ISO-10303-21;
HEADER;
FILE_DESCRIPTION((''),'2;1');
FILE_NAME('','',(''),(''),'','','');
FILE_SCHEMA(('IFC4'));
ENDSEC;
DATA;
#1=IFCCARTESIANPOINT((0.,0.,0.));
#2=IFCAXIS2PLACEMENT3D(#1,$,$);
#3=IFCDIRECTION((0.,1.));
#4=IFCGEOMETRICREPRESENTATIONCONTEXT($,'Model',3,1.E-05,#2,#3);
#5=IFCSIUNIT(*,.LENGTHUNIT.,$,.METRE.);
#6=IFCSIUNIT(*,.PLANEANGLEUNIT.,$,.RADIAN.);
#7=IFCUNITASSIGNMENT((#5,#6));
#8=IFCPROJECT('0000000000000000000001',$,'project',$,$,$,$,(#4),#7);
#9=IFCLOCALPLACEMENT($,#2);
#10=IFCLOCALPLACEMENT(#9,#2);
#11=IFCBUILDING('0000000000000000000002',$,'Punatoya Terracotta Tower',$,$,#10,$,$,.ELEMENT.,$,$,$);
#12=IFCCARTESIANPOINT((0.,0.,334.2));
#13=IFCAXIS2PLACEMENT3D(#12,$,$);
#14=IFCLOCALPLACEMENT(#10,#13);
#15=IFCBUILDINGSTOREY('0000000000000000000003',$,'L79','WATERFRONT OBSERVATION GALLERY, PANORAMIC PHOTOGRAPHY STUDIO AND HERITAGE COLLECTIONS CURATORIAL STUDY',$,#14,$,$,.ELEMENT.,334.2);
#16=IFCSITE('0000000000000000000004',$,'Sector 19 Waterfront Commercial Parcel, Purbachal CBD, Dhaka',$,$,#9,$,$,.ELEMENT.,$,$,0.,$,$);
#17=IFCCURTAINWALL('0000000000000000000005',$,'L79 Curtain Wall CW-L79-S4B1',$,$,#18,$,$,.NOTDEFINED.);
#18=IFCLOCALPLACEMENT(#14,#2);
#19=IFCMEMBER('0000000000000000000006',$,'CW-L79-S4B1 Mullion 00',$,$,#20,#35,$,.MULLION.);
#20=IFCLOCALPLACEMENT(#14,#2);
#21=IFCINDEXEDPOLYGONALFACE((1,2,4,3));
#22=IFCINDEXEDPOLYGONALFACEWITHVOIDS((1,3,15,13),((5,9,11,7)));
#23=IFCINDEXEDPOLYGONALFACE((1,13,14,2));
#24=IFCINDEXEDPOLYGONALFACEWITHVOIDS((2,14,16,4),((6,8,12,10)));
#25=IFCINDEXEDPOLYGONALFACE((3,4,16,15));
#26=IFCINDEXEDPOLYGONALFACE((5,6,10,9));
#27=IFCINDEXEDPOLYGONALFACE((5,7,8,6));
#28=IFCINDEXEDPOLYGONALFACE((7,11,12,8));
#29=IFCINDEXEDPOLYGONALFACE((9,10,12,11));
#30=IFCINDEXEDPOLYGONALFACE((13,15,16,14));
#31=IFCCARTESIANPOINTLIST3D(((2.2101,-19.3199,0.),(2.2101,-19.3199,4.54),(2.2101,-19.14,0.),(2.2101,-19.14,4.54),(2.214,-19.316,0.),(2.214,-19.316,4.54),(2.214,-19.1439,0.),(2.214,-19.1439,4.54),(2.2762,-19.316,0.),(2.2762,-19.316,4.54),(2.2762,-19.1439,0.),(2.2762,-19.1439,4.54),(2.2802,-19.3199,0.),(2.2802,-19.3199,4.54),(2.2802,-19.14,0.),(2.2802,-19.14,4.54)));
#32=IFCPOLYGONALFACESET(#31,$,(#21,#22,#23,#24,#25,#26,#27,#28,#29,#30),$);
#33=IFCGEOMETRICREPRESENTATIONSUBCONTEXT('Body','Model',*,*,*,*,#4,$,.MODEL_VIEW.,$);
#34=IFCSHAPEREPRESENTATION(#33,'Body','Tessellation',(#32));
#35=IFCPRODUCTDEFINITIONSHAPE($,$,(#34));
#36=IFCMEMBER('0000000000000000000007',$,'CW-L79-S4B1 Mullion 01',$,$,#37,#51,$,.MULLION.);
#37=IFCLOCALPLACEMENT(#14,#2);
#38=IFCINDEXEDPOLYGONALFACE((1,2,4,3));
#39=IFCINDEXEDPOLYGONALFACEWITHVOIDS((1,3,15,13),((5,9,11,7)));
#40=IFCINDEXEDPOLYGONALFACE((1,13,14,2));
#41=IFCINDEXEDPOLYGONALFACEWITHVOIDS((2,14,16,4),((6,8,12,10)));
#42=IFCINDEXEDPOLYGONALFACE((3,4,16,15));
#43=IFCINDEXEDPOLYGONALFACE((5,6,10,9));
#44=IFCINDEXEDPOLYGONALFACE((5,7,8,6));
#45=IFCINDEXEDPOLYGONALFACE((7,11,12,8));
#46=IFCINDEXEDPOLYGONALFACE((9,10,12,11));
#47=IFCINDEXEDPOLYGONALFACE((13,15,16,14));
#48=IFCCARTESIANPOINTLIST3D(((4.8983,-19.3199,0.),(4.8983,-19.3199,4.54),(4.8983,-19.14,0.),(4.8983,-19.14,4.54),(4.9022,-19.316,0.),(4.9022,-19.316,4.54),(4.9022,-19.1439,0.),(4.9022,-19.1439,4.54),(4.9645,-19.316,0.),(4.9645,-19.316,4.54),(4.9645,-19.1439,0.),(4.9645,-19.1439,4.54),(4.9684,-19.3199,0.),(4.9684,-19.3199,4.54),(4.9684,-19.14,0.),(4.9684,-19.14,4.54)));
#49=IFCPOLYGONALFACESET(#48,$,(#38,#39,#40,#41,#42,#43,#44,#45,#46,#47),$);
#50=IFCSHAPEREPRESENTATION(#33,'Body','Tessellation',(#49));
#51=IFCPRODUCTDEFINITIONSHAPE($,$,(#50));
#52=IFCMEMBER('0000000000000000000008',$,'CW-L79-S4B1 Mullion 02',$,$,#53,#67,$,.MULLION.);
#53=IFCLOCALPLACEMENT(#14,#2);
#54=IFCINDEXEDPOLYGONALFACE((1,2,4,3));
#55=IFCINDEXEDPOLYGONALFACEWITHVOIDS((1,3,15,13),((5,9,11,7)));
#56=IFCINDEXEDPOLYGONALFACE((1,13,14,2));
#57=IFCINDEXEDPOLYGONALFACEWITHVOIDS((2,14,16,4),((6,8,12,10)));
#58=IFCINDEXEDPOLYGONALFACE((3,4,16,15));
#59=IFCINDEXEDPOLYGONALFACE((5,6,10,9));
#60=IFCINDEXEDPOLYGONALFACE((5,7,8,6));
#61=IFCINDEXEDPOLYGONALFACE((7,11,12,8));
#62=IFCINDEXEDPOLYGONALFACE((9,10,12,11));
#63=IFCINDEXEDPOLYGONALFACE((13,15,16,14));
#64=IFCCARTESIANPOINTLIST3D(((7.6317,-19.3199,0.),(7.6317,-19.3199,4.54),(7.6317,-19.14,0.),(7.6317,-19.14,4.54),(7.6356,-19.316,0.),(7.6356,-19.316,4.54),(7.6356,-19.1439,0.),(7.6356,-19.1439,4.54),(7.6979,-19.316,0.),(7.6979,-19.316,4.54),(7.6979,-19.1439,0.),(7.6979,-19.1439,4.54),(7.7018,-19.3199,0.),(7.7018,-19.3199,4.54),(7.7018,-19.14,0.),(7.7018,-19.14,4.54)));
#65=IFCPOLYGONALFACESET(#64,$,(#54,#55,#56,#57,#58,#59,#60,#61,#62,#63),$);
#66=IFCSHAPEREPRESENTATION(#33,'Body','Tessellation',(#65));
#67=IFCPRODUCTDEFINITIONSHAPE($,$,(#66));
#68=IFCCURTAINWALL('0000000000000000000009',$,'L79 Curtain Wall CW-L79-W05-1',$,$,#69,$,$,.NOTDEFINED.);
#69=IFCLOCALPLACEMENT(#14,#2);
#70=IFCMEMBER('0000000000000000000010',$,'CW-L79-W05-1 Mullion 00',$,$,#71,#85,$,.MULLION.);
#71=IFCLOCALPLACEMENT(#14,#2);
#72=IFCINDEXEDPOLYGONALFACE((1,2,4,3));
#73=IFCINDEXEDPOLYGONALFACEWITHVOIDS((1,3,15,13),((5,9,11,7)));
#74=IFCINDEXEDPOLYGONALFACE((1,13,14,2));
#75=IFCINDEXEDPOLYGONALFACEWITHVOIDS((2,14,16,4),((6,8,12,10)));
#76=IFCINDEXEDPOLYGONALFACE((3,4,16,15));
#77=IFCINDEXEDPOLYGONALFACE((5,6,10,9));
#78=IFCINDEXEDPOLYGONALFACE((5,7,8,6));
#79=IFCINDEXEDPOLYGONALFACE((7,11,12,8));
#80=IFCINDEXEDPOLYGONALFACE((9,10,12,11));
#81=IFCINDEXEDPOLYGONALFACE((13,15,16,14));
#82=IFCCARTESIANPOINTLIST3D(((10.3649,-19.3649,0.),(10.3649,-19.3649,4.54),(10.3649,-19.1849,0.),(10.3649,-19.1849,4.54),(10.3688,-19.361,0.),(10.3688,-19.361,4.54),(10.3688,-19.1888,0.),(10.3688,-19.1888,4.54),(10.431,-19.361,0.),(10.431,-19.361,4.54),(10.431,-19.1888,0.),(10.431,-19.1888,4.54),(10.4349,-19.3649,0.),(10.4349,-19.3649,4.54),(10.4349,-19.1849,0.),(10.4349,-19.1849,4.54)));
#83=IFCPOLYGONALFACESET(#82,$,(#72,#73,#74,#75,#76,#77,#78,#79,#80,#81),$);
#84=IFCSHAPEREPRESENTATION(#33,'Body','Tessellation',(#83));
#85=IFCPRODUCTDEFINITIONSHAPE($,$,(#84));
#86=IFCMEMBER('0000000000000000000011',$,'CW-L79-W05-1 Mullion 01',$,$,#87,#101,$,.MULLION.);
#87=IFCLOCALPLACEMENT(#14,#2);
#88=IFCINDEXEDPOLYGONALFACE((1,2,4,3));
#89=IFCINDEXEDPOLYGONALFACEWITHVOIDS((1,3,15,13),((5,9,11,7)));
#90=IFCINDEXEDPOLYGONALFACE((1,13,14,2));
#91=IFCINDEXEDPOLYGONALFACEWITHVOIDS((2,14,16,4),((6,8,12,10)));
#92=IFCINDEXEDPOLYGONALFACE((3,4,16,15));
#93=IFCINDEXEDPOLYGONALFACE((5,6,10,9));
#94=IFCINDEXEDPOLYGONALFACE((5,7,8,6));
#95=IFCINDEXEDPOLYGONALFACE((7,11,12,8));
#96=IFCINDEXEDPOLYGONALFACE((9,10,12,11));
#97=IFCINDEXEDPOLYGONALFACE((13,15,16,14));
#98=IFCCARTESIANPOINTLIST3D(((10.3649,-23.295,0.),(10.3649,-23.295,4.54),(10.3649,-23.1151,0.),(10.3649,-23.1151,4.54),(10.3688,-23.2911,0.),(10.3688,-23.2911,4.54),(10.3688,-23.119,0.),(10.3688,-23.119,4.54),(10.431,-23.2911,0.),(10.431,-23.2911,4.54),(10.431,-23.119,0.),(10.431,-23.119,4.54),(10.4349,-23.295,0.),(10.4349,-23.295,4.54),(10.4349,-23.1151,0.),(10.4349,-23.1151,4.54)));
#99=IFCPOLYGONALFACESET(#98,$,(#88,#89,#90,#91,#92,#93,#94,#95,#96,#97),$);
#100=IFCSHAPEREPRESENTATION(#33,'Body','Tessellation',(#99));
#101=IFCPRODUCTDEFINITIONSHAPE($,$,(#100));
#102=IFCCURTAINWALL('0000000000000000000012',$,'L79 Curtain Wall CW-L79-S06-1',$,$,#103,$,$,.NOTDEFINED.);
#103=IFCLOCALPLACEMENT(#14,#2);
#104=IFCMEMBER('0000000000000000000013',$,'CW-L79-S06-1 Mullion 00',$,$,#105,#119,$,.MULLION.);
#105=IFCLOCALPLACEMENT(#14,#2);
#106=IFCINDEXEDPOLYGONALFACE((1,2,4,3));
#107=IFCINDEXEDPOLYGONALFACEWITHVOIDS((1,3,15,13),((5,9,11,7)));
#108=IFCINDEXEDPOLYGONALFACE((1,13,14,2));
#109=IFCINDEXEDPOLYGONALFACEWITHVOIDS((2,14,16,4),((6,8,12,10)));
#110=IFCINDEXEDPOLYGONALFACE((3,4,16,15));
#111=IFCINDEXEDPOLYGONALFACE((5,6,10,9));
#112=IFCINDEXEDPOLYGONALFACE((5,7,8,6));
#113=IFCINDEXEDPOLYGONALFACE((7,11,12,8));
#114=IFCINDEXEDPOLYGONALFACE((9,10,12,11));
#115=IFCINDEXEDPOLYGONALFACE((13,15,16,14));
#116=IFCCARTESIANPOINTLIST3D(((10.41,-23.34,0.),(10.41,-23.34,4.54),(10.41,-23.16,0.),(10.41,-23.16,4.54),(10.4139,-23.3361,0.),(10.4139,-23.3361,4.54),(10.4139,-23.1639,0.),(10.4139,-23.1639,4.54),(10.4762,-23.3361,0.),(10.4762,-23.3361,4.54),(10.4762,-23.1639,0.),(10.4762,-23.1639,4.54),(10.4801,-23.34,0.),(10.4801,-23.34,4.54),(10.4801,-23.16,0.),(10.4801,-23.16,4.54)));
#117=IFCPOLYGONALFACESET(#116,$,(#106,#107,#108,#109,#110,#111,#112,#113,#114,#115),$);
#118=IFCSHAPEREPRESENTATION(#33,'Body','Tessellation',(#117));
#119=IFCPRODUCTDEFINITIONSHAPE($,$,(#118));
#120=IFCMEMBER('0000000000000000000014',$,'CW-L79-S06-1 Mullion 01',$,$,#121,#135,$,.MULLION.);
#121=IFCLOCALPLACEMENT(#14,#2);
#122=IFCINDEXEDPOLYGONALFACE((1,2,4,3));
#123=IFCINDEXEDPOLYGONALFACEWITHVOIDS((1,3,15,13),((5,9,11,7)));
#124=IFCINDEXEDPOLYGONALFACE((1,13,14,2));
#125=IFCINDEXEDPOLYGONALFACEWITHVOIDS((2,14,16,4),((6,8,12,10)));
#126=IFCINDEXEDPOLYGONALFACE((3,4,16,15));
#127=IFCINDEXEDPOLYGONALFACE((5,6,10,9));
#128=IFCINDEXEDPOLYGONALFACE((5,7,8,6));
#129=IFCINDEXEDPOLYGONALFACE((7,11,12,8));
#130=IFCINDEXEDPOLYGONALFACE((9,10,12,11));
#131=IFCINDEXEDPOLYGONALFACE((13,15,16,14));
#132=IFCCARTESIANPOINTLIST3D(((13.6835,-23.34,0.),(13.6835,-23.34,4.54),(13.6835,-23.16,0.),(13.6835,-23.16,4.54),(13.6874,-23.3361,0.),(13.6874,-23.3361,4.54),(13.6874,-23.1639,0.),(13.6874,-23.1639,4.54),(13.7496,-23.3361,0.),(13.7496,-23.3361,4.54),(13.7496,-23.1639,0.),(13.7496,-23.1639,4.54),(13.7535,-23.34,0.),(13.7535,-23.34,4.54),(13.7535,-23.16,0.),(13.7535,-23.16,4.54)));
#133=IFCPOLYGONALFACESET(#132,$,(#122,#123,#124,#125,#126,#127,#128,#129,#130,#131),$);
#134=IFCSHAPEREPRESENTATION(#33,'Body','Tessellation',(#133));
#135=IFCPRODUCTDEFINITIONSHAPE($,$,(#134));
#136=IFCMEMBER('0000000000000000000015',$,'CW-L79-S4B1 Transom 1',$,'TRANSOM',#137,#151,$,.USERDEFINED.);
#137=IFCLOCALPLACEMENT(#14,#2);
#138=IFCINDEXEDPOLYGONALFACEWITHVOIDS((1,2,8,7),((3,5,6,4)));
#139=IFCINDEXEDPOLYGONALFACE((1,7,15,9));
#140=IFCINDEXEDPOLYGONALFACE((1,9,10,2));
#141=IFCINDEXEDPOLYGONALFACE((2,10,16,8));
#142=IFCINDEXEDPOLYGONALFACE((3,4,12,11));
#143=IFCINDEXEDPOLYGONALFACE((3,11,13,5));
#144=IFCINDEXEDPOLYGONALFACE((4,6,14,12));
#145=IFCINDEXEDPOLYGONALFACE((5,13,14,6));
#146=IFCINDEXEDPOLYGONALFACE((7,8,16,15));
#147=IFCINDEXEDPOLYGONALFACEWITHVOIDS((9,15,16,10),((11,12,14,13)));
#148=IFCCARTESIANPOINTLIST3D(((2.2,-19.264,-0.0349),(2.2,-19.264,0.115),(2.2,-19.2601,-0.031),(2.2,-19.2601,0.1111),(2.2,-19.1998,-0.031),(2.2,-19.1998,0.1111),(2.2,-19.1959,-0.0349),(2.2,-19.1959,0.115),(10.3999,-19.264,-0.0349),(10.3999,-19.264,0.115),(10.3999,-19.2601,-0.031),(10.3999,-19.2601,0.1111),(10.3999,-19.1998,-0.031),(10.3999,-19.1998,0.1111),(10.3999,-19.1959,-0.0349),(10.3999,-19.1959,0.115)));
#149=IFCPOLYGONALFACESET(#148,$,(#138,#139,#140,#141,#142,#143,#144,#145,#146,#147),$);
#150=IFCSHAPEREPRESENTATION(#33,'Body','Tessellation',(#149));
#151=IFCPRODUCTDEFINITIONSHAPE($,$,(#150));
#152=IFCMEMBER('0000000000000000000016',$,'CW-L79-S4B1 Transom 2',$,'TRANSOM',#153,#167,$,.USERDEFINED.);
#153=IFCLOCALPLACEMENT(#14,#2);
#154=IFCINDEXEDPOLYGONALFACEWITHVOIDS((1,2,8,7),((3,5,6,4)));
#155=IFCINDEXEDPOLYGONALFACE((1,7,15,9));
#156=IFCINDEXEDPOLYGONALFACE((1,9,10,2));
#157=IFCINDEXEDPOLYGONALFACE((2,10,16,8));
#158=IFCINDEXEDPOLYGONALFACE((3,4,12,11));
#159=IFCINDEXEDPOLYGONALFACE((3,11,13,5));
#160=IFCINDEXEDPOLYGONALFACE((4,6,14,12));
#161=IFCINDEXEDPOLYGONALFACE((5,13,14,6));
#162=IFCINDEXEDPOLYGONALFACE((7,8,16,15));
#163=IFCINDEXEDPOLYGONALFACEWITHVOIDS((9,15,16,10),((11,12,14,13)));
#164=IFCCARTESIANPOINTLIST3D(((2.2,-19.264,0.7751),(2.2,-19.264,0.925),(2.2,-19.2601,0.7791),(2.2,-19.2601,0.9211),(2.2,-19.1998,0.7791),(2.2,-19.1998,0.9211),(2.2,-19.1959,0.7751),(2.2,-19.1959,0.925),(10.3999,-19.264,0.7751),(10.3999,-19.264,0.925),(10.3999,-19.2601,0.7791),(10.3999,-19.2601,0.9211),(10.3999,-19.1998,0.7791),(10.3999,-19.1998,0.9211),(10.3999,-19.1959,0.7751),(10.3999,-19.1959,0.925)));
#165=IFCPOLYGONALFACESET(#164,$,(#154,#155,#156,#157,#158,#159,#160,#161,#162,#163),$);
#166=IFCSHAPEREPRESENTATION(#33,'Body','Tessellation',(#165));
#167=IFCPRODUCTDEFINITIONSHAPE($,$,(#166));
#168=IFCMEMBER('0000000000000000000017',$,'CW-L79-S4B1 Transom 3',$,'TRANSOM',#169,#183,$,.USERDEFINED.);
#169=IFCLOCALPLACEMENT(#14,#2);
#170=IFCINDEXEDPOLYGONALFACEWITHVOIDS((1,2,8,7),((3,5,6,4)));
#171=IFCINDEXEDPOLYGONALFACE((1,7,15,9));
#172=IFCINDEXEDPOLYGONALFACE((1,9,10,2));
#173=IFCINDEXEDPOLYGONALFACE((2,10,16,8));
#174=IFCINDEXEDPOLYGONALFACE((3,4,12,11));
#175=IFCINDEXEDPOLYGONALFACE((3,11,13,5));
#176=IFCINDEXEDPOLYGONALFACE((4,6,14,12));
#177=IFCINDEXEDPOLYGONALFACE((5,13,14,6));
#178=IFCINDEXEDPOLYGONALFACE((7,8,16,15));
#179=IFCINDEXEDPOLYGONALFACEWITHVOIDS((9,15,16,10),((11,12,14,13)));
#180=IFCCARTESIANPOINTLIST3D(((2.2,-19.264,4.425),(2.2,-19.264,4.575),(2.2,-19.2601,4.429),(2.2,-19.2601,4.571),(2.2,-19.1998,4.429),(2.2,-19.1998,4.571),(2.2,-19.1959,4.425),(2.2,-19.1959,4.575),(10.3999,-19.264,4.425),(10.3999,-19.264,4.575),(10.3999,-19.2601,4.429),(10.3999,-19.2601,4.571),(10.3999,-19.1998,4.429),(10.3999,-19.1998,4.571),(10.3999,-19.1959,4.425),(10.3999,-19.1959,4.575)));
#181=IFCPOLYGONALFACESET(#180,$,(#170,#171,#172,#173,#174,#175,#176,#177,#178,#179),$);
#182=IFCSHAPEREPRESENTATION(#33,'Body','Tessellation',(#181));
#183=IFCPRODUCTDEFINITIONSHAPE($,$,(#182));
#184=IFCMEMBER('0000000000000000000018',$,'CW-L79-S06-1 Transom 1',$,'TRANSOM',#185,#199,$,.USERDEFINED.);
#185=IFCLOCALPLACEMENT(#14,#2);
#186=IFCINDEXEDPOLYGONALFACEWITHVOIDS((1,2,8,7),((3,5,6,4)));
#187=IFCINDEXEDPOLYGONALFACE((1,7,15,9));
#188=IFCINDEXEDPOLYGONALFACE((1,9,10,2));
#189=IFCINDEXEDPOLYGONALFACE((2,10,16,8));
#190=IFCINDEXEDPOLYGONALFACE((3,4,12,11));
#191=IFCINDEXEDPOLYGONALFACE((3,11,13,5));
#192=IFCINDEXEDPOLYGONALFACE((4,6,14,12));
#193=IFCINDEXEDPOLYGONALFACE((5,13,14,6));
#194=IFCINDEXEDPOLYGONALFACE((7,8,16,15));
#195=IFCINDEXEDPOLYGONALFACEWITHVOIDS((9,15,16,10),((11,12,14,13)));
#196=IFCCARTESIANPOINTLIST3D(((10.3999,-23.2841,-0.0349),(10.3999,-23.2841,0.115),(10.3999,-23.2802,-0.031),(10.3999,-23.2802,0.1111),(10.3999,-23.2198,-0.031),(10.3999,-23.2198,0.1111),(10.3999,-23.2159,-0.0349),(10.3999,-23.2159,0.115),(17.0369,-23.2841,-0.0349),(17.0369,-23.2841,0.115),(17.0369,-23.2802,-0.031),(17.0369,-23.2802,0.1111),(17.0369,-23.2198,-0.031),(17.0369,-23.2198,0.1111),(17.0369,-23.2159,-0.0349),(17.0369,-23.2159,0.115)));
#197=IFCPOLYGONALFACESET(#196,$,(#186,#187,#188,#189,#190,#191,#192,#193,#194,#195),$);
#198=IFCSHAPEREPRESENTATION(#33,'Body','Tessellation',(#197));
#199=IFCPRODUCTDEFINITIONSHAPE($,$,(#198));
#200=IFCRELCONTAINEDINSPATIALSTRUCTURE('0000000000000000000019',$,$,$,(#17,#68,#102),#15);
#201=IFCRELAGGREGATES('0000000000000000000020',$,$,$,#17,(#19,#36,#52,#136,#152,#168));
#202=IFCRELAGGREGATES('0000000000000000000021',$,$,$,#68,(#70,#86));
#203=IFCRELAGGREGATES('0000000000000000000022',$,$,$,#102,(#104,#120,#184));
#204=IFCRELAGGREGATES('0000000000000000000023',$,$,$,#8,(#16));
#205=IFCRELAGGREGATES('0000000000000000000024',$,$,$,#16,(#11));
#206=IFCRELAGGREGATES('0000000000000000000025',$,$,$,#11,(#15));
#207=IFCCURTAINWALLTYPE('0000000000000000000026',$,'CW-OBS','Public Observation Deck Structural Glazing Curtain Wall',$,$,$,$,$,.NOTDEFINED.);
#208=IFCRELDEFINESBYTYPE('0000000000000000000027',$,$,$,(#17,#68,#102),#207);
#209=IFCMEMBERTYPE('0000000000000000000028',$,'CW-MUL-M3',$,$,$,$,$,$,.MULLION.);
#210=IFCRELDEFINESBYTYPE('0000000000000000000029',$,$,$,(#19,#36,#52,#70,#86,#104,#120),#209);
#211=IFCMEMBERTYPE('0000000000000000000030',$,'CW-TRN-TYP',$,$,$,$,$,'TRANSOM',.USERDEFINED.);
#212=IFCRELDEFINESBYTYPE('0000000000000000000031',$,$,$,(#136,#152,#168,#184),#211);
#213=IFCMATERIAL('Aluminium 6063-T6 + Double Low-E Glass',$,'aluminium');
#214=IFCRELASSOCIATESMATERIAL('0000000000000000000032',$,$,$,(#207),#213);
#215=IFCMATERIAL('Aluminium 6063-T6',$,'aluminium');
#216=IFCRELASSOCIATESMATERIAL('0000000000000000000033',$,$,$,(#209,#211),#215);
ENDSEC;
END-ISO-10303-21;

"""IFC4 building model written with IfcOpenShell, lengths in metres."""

from ifc_helpers import new_model, si_unit, direction, frame, origin, origin_2d, place, context, subcontext, project, spatial, hollow_rectangle, extrude, material, material_profile, profile_set, type_object, element, aggregate, save


model = new_model("IFC4")

# Units and contexts
model_context = context("Model", 3, precision=1e-05, world=origin(), true_north=direction((0.0, 1.0)))
body_context = subcontext(model_context, "Body", "Model", "MODEL_VIEW")
ifc_project = project(units=[si_unit("LENGTHUNIT", "METRE"), si_unit("PLANEANGLEUNIT", "RADIAN")], contexts=[model_context])

# Site, building, storey
site_placement = place(None, origin())
site = spatial("IfcSite", under=ifc_project, at=site_placement, Name="Sector 19 Waterfront Commercial Parcel, Purbachal CBD, Dhaka", CompositionType="ELEMENT", RefElevation=0.0)
building_placement = place(site_placement, origin())
building = spatial("IfcBuilding", under=site, at=building_placement, Name="Punatoya Terracotta Tower", CompositionType="ELEMENT")
storey_placement = place(building_placement, frame((0.0, 0.0, 334.2)))
storey = spatial("IfcBuildingStorey", under=building, at=storey_placement, Name="L79", Description="WATERFRONT OBSERVATION GALLERY, PANORAMIC PHOTOGRAPHY STUDIO AND HERITAGE COLLECTIONS CURATORIAL STUDY", CompositionType="ELEMENT", Elevation=334.2)

# Curtain walls, members
ifc_material_1 = material(Name="Aluminium 6063-T6 + Double Low-E Glass", Category="aluminium")
curtain_wall_type = type_object("IfcCurtainWallType", Name="CW-OBS", Description="Public Observation Deck Structural Glazing Curtain Wall", PredefinedType="NOTDEFINED", material=ifc_material_1)
curtain_wall_1_placement = place(storey_placement, origin())
curtain_wall_1 = element("IfcCurtainWall", 1, at=curtain_wall_1_placement, inside=storey, type_object=curtain_wall_type, Name="L79 Curtain Wall CW-L79-S4B1", PredefinedType="NOTDEFINED")
ifc_material_2 = material(Name="Aluminium 6063-T6", Category="aluminium")
ifc_material_profile_1 = material_profile(ifc_material_2, hollow_rectangle(XDim=0.0701, YDim=0.1799, WallThickness=0.0039, at=origin_2d()))
ifc_profile_set_1 = profile_set([ifc_material_profile_1], Name="Aluminium 6063-T6")
member_type_1 = type_object("IfcMemberType", Name="CW-MUL-M3", PredefinedType="MULLION", material=ifc_profile_set_1)
member_1_placement = place(storey_placement, frame((2.2451, -19.23, 0.0), z_axis=(0.0, 0.0, 1.0), x_axis=(1.0, 0.0, 0.0)))
member_1 = element("IfcMember", 2, at=member_1_placement, type_object=member_type_1, Name="CW-L79-S4B1 Mullion 00", PredefinedType="MULLION", context=body_context, shape_type="SweptSolid", body=[
    extrude(hollow_rectangle(XDim=0.0701, YDim=0.1799, WallThickness=0.0039, at=origin_2d()), origin(), (0.0, 0.0, 1.0), 4.54),
])
member_2_placement = place(storey_placement, frame((4.9333, -19.23, 0.0), z_axis=(0.0, 0.0, 1.0), x_axis=(1.0, 0.0, 0.0)))
member_2 = element("IfcMember", 3, at=member_2_placement, type_object=member_type_1, Name="CW-L79-S4B1 Mullion 01", PredefinedType="MULLION", context=body_context, shape_type="SweptSolid", body=[
    extrude(hollow_rectangle(XDim=0.0701, YDim=0.1799, WallThickness=0.0039, at=origin_2d()), origin(), (0.0, 0.0, 1.0), 4.54),
])
member_3_placement = place(storey_placement, frame((7.6667, -19.23, 0.0), z_axis=(0.0, 0.0, 1.0), x_axis=(1.0, 0.0, 0.0)))
member_3 = element("IfcMember", 4, at=member_3_placement, type_object=member_type_1, Name="CW-L79-S4B1 Mullion 02", PredefinedType="MULLION", context=body_context, shape_type="SweptSolid", body=[
    extrude(hollow_rectangle(XDim=0.0701, YDim=0.1799, WallThickness=0.0039, at=origin_2d()), origin(), (0.0, 0.0, 1.0), 4.54),
])
curtain_wall_2_placement = place(storey_placement, origin())
curtain_wall_2 = element("IfcCurtainWall", 5, at=curtain_wall_2_placement, inside=storey, type_object=curtain_wall_type, Name="L79 Curtain Wall CW-L79-W05-1", PredefinedType="NOTDEFINED")
member_4_placement = place(storey_placement, frame((10.3999, -19.2749, 0.0), z_axis=(0.0, 0.0, 1.0), x_axis=(1.0, 0.0, 0.0)))
member_4 = element("IfcMember", 6, at=member_4_placement, type_object=member_type_1, Name="CW-L79-W05-1 Mullion 00", PredefinedType="MULLION", context=body_context, shape_type="SweptSolid", body=[
    extrude(hollow_rectangle(XDim=0.0701, YDim=0.1799, WallThickness=0.0039, at=origin_2d()), origin(), (0.0, 0.0, 1.0), 4.54),
])
member_5_placement = place(storey_placement, frame((10.3999, -23.2051, 0.0), z_axis=(0.0, 0.0, 1.0), x_axis=(1.0, 0.0, 0.0)))
member_5 = element("IfcMember", 7, at=member_5_placement, type_object=member_type_1, Name="CW-L79-W05-1 Mullion 01", PredefinedType="MULLION", context=body_context, shape_type="SweptSolid", body=[
    extrude(hollow_rectangle(XDim=0.0701, YDim=0.1799, WallThickness=0.0039, at=origin_2d()), origin(), (0.0, 0.0, 1.0), 4.54),
])
curtain_wall_3_placement = place(storey_placement, origin())
curtain_wall_3 = element("IfcCurtainWall", 8, at=curtain_wall_3_placement, inside=storey, type_object=curtain_wall_type, Name="L79 Curtain Wall CW-L79-S06-1", PredefinedType="NOTDEFINED")
member_6_placement = place(storey_placement, frame((10.4451, -23.25, 0.0), z_axis=(0.0, 0.0, 1.0), x_axis=(1.0, 0.0, 0.0)))
member_6 = element("IfcMember", 9, at=member_6_placement, type_object=member_type_1, Name="CW-L79-S06-1 Mullion 00", PredefinedType="MULLION", context=body_context, shape_type="SweptSolid", body=[
    extrude(hollow_rectangle(XDim=0.0701, YDim=0.1799, WallThickness=0.0039, at=origin_2d()), origin(), (0.0, 0.0, 1.0), 4.54),
])
member_7_placement = place(storey_placement, frame((13.7185, -23.25, 0.0), z_axis=(0.0, 0.0, 1.0), x_axis=(1.0, 0.0, 0.0)))
member_7 = element("IfcMember", 10, at=member_7_placement, type_object=member_type_1, Name="CW-L79-S06-1 Mullion 01", PredefinedType="MULLION", context=body_context, shape_type="SweptSolid", body=[
    extrude(hollow_rectangle(XDim=0.0701, YDim=0.1799, WallThickness=0.0039, at=origin_2d()), origin(), (0.0, 0.0, 1.0), 4.54),
])

# Members
ifc_material_profile_2 = material_profile(ifc_material_2, hollow_rectangle(XDim=0.0681, YDim=0.1499, WallThickness=0.0039, at=origin_2d()))
ifc_profile_set_2 = profile_set([ifc_material_profile_2], Name="Aluminium 6063-T6")
member_type_2 = type_object("IfcMemberType", Name="CW-TRN-TYP", ElementType="TRANSOM", PredefinedType="USERDEFINED", material=ifc_profile_set_2)
member_8_placement = place(storey_placement, frame((2.2, -19.23, 0.04), z_axis=(1.0, 0.0, 0.0), x_axis=(0.0, 1.0, 0.0)))
member_8 = element("IfcMember", 11, at=member_8_placement, type_object=member_type_2, Name="CW-L79-S4B1 Transom 1", ObjectType="TRANSOM", PredefinedType="USERDEFINED", context=body_context, shape_type="SweptSolid", body=[
    extrude(hollow_rectangle(XDim=0.0681, YDim=0.1499, WallThickness=0.0039, at=origin_2d()), origin(), (0.0, 0.0, 1.0), 8.2),
])
member_9_placement = place(storey_placement, frame((2.2, -19.23, 0.8501), z_axis=(1.0, 0.0, 0.0), x_axis=(0.0, 1.0, 0.0)))
member_9 = element("IfcMember", 12, at=member_9_placement, type_object=member_type_2, Name="CW-L79-S4B1 Transom 2", ObjectType="TRANSOM", PredefinedType="USERDEFINED", context=body_context, shape_type="SweptSolid", body=[
    extrude(hollow_rectangle(XDim=0.0681, YDim=0.1499, WallThickness=0.0039, at=origin_2d()), origin(), (0.0, 0.0, 1.0), 8.2),
])
member_10_placement = place(storey_placement, frame((2.2, -19.23, 4.5), z_axis=(1.0, 0.0, 0.0), x_axis=(0.0, 1.0, 0.0)))
member_10 = element("IfcMember", 13, at=member_10_placement, type_object=member_type_2, Name="CW-L79-S4B1 Transom 3", ObjectType="TRANSOM", PredefinedType="USERDEFINED", context=body_context, shape_type="SweptSolid", body=[
    extrude(hollow_rectangle(XDim=0.0681, YDim=0.1499, WallThickness=0.0039, at=origin_2d()), origin(), (0.0, 0.0, 1.0), 8.2),
])
member_11_placement = place(storey_placement, frame((10.3999, -23.25, 0.04), z_axis=(1.0, 0.0, 0.0), x_axis=(0.0, 1.0, 0.0)))
member_11 = element("IfcMember", 14, at=member_11_placement, type_object=member_type_2, Name="CW-L79-S06-1 Transom 1", ObjectType="TRANSOM", PredefinedType="USERDEFINED", context=body_context, shape_type="SweptSolid", body=[
    extrude(hollow_rectangle(XDim=0.0681, YDim=0.1499, WallThickness=0.0039, at=origin_2d()), origin(), (0.0, 0.0, 1.0), 6.637),
])

aggregate(curtain_wall_1, [member_1, member_2, member_3, member_8, member_9, member_10])
aggregate(curtain_wall_2, [member_4, member_5])
aggregate(curtain_wall_3, [member_6, member_7, member_11])

save(model, "model.ifc")
